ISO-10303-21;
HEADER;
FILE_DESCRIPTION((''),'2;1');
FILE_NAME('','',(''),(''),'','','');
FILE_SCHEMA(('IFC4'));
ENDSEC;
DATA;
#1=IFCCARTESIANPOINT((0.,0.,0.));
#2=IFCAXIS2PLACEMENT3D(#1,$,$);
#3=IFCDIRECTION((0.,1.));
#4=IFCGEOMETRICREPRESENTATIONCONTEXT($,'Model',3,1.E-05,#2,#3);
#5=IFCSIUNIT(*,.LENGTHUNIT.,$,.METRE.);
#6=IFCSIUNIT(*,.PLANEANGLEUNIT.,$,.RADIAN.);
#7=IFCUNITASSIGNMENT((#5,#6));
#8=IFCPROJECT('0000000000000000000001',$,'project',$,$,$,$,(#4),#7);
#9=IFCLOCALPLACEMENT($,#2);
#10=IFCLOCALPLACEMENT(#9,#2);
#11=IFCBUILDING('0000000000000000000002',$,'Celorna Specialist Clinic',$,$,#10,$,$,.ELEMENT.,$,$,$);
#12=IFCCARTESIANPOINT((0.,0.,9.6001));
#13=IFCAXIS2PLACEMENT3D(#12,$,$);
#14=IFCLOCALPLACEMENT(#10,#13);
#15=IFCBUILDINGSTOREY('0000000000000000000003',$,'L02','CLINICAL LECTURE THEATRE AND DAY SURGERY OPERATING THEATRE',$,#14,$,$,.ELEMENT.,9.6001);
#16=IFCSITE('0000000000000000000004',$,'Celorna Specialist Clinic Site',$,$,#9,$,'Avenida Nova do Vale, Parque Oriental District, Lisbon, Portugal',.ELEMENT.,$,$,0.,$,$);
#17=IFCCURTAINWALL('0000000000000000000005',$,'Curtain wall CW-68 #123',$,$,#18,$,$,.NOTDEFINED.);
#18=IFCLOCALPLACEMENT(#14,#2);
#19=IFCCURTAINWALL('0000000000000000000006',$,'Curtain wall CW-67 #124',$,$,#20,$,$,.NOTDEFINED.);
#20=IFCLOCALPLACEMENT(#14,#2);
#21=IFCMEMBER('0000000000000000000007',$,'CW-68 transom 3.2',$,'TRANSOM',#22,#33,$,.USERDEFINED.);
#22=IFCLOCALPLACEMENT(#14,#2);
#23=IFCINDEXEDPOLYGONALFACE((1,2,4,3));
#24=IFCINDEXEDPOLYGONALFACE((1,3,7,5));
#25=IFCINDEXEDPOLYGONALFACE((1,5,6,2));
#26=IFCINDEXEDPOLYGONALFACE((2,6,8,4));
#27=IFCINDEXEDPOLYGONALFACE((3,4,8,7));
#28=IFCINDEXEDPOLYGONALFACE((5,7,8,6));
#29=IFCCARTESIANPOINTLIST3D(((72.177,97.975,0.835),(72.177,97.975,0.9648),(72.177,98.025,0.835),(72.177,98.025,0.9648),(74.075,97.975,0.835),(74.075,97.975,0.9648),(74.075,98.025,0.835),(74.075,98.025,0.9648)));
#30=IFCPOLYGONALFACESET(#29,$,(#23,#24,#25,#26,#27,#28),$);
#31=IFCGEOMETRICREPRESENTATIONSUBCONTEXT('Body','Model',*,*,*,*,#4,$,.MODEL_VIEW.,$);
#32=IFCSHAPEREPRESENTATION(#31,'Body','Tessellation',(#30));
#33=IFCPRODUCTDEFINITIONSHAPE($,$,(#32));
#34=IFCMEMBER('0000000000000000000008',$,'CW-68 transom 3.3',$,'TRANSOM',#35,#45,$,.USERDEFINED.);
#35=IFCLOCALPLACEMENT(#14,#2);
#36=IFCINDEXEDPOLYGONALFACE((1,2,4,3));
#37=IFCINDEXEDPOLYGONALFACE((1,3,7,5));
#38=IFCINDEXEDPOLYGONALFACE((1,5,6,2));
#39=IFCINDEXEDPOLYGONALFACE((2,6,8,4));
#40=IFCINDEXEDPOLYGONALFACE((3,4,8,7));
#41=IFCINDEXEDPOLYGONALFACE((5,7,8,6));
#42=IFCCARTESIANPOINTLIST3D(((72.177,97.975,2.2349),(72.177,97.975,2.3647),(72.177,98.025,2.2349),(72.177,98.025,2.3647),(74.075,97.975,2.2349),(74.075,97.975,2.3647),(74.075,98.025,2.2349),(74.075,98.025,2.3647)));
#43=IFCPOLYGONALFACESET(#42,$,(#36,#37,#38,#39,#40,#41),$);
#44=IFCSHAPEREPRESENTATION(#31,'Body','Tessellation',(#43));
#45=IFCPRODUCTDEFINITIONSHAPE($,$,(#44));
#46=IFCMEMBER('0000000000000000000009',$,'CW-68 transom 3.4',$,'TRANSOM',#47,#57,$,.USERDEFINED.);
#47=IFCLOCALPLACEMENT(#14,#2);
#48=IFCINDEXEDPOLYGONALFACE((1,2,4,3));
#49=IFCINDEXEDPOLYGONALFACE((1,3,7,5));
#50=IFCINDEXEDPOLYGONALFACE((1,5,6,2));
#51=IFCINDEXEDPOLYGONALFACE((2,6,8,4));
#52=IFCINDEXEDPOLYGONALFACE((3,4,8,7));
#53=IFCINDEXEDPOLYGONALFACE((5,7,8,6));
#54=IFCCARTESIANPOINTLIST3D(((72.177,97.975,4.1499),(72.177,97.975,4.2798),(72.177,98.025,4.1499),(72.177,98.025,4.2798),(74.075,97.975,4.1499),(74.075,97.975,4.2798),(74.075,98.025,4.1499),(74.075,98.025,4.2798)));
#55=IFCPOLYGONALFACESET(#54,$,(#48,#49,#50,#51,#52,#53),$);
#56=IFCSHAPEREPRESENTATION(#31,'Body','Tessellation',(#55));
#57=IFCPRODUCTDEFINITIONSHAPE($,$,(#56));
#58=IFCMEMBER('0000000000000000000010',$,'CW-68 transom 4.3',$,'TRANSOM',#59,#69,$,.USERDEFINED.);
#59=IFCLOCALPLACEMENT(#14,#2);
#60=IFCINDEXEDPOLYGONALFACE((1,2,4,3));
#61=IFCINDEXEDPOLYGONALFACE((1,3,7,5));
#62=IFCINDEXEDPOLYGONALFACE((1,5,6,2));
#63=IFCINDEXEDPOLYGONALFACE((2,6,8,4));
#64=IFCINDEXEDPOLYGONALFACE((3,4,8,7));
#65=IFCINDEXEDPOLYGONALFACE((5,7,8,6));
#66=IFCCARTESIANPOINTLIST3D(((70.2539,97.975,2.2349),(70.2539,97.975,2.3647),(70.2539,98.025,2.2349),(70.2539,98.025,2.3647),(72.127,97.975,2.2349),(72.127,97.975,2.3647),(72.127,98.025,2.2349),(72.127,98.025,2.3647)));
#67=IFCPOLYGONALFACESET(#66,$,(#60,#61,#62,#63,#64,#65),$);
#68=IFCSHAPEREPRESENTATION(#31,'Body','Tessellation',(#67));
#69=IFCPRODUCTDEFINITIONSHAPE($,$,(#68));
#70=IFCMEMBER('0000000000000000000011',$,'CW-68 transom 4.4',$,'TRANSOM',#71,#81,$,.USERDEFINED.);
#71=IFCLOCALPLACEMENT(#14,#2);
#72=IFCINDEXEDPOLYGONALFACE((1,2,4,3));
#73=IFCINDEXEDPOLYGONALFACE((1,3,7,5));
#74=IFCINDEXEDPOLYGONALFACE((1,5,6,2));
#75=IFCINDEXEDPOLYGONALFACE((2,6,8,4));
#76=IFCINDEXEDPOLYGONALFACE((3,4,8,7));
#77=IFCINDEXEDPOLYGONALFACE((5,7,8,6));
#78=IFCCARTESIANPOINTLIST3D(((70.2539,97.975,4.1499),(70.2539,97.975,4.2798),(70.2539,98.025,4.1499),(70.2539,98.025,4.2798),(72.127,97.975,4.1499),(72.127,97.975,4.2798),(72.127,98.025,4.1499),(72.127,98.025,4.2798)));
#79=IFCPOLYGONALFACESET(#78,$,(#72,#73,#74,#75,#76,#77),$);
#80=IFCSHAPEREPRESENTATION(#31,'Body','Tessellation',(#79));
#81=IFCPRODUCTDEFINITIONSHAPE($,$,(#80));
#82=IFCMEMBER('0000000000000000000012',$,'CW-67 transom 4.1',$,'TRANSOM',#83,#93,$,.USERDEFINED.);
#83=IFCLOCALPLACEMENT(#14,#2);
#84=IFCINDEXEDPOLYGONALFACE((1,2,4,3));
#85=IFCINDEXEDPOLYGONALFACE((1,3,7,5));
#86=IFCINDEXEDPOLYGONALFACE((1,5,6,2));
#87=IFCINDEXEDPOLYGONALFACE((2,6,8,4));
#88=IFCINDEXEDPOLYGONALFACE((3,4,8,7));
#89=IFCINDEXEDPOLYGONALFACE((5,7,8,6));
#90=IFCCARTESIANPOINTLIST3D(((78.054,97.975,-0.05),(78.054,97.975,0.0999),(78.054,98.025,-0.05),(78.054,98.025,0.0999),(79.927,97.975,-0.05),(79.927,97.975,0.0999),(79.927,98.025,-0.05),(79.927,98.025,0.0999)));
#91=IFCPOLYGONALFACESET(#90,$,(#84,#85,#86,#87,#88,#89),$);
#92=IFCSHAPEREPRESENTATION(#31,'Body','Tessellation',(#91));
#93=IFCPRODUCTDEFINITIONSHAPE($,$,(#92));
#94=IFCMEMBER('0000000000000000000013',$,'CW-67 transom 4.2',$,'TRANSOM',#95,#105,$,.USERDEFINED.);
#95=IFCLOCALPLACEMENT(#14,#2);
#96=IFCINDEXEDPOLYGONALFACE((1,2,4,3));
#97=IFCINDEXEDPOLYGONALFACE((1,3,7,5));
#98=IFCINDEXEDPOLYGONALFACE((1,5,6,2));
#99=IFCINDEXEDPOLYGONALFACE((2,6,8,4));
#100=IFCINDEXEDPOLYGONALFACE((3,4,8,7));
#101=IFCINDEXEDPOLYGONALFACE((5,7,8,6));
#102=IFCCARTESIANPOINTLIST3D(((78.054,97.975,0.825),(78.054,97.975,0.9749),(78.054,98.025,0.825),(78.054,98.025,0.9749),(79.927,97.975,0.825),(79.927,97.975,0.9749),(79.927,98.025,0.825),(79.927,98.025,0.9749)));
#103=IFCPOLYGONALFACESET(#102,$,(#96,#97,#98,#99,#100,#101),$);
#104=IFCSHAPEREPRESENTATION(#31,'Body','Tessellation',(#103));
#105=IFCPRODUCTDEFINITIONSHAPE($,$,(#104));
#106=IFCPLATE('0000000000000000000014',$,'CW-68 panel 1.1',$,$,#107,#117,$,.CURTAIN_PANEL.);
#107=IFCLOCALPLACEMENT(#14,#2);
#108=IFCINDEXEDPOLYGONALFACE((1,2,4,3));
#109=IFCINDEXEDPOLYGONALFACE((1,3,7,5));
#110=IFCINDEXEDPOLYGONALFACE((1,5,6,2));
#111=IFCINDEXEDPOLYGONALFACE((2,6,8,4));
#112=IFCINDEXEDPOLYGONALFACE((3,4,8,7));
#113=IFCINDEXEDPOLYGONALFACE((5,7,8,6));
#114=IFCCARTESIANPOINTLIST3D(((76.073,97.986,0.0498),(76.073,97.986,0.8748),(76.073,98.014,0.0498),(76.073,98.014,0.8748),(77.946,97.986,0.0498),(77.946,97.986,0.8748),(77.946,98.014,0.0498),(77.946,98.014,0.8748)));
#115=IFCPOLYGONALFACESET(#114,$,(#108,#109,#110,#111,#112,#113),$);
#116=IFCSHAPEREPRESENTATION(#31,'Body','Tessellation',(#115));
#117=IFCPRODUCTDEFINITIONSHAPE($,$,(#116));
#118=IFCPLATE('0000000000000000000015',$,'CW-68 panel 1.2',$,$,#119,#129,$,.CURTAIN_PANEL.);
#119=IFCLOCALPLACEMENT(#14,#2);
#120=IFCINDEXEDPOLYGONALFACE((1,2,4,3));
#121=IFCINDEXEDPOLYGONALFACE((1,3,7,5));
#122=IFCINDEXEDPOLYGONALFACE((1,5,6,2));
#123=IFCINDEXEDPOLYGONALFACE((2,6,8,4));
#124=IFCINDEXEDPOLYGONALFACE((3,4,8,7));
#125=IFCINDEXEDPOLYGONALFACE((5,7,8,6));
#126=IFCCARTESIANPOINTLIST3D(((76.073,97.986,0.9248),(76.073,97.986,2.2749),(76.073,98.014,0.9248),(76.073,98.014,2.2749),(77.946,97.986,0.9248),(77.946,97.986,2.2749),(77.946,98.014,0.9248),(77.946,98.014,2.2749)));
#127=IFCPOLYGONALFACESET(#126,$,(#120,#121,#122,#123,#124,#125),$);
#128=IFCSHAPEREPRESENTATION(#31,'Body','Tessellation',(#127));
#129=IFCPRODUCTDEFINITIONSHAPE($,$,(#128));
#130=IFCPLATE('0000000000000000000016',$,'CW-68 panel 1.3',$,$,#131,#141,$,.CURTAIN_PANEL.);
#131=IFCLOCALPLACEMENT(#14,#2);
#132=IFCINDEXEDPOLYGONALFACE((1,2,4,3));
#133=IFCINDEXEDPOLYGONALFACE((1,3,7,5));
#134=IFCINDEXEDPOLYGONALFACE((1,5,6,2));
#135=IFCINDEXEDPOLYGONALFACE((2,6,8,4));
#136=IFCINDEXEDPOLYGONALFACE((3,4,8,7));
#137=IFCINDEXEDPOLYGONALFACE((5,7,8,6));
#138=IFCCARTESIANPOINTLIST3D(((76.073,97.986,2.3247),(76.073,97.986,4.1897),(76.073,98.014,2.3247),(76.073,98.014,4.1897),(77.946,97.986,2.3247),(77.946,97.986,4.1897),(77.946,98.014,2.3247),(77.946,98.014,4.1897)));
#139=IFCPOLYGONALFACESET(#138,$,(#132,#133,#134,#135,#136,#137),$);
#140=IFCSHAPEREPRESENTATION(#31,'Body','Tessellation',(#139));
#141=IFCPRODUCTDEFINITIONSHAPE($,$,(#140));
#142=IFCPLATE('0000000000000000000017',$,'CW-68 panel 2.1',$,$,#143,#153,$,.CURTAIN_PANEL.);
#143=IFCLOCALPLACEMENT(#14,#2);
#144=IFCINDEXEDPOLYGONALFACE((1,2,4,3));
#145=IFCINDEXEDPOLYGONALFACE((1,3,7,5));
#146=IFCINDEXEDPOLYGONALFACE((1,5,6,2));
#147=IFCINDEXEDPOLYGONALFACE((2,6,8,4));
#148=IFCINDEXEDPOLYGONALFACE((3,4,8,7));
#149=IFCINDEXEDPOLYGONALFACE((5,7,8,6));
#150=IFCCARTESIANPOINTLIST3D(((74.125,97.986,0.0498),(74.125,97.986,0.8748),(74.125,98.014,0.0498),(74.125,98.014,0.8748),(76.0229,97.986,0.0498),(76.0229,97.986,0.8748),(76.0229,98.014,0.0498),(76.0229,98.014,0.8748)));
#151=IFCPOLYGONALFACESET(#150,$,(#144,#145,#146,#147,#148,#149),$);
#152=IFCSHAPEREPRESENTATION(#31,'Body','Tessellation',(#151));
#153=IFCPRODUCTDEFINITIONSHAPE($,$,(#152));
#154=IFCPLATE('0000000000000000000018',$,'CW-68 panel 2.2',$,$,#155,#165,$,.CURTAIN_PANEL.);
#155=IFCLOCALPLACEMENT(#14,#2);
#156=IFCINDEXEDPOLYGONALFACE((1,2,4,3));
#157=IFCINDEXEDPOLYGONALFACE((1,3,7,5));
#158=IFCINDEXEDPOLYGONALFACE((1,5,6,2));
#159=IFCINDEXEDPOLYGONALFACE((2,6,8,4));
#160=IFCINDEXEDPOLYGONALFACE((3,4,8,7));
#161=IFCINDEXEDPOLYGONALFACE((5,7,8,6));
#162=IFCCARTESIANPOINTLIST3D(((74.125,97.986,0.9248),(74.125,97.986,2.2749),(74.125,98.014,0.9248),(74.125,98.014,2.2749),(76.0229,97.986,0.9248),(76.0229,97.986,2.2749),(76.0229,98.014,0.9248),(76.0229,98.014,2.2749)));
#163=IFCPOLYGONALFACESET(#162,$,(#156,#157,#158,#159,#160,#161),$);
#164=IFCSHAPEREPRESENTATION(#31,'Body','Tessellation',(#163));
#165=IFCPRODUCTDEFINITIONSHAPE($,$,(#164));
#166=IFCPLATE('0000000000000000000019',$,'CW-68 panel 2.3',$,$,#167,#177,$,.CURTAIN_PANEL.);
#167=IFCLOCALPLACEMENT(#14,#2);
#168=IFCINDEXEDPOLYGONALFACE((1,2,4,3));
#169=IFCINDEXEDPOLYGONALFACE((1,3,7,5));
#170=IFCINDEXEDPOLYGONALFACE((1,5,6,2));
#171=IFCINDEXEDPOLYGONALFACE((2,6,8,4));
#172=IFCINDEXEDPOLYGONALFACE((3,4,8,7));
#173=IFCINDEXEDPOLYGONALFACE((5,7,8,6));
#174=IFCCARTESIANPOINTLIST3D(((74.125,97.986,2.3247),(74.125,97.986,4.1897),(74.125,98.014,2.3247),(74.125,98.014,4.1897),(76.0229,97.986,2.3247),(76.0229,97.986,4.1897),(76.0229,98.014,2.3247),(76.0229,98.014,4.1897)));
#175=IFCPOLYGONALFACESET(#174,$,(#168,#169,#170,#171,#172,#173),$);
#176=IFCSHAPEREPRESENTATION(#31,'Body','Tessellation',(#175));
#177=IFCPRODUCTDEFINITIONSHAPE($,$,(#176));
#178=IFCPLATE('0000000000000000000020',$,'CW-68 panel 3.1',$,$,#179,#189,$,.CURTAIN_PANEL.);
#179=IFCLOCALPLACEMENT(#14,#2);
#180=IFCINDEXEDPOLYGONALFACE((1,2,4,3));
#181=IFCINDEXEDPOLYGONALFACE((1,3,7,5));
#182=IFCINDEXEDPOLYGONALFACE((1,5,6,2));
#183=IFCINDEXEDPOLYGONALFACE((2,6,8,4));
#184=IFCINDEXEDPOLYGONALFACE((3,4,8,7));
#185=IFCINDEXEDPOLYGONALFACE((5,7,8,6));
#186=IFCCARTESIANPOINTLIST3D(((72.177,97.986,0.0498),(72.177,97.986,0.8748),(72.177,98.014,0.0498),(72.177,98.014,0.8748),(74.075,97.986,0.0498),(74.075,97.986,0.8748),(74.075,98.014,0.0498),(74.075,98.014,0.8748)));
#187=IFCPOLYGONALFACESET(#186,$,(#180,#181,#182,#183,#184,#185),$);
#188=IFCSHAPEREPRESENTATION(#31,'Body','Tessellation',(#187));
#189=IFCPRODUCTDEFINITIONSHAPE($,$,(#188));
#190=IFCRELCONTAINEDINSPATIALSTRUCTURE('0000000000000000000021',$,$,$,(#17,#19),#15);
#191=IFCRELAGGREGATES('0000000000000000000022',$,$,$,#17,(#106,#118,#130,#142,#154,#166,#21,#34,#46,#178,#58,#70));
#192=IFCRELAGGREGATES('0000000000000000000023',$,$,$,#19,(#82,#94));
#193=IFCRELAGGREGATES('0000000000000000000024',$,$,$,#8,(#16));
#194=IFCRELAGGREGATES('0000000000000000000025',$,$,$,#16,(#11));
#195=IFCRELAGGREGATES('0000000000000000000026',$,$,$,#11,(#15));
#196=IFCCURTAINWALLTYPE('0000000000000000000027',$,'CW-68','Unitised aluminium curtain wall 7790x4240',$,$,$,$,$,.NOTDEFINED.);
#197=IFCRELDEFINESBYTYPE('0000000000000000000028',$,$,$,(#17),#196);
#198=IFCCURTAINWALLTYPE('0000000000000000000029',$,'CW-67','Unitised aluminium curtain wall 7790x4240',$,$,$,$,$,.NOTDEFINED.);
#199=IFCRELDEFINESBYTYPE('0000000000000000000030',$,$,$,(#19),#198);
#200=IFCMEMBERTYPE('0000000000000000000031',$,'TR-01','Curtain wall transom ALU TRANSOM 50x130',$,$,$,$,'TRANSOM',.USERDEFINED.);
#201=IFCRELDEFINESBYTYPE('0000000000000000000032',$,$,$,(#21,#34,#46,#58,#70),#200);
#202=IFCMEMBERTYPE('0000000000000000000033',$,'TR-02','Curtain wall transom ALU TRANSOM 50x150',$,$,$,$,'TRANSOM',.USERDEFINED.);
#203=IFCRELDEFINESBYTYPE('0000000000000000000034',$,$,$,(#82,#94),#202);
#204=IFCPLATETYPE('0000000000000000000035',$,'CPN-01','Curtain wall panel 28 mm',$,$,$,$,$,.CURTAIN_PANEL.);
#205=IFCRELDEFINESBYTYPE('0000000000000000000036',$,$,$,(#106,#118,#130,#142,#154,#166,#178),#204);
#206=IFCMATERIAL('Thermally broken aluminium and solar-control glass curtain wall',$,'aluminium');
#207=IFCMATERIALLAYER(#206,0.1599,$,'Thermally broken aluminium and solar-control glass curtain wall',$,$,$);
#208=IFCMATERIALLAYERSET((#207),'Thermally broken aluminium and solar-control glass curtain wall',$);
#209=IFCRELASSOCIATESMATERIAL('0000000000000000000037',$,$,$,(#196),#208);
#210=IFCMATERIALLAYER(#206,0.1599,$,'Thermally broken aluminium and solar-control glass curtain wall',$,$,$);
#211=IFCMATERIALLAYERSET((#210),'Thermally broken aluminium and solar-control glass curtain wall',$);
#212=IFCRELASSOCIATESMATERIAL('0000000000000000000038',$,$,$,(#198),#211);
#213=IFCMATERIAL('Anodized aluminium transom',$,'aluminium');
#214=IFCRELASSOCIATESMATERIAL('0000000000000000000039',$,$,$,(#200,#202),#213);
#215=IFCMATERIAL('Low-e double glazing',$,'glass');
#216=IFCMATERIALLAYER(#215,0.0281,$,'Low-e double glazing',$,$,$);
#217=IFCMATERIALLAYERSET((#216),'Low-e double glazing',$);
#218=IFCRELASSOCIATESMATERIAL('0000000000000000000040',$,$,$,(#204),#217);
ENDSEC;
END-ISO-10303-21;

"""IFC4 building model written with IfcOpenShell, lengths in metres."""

from ifc_helpers import new_model, si_unit, direction, frame, origin, origin_2d, place, context, subcontext, project, spatial, rectangle, extrude, material, layer, layer_set, material_profile, profile_set, type_object, element, aggregate, save


model = new_model("IFC4")

# Units and contexts
model_context = context("Model", 3, precision=1e-05, world=origin(), true_north=direction((0.0, 1.0)))
body_context = subcontext(model_context, "Body", "Model", "MODEL_VIEW")
ifc_project = project(units=[si_unit("LENGTHUNIT", "METRE"), si_unit("PLANEANGLEUNIT", "RADIAN")], contexts=[model_context])

# Site, building, storey
site_placement = place(None, origin())
site = spatial("IfcSite", under=ifc_project, at=site_placement, Name="Celorna Specialist Clinic Site", LongName="Avenida Nova do Vale, Parque Oriental District, Lisbon, Portugal", CompositionType="ELEMENT", RefElevation=0.0)
building_placement = place(site_placement, origin())
building = spatial("IfcBuilding", under=site, at=building_placement, Name="Celorna Specialist Clinic", CompositionType="ELEMENT")
storey_placement = place(building_placement, frame((0.0, 0.0, 9.6001)))
storey = spatial("IfcBuildingStorey", under=building, at=storey_placement, Name="L02", Description="CLINICAL LECTURE THEATRE AND DAY SURGERY OPERATING THEATRE", CompositionType="ELEMENT", Elevation=9.6001)

# Curtain wall
ifc_material_1 = material(Name="Thermally broken aluminium and solar-control glass curtain wall", Category="aluminium")
ifc_layer_1 = layer(ifc_material_1, 0.1599, Name="Thermally broken aluminium and solar-control glass curtain wall")
ifc_layer_set_1 = layer_set([ifc_layer_1], Name="Thermally broken aluminium and solar-control glass curtain wall")
curtain_wall_type_1 = type_object("IfcCurtainWallType", Name="CW-68", Description="Unitised aluminium curtain wall 7790x4240", PredefinedType="NOTDEFINED", material=ifc_layer_set_1)
curtain_wall_1_placement = place(storey_placement, origin())
curtain_wall_1 = element("IfcCurtainWall", 1, at=curtain_wall_1_placement, inside=storey, type_object=curtain_wall_type_1, Name="Curtain wall CW-68 #123", PredefinedType="NOTDEFINED")

# Curtain wall
ifc_layer_2 = layer(ifc_material_1, 0.1599, Name="Thermally broken aluminium and solar-control glass curtain wall")
ifc_layer_set_2 = layer_set([ifc_layer_2], Name="Thermally broken aluminium and solar-control glass curtain wall")
curtain_wall_type_2 = type_object("IfcCurtainWallType", Name="CW-67", Description="Unitised aluminium curtain wall 7790x4240", PredefinedType="NOTDEFINED", material=ifc_layer_set_2)
curtain_wall_2_placement = place(storey_placement, origin())
curtain_wall_2 = element("IfcCurtainWall", 2, at=curtain_wall_2_placement, inside=storey, type_object=curtain_wall_type_2, Name="Curtain wall CW-67 #124", PredefinedType="NOTDEFINED")

# Members
ifc_material_2 = material(Name="Anodized aluminium transom", Category="aluminium")
ifc_material_profile_1 = material_profile(ifc_material_2, rectangle(XDim=0.05, YDim=0.1299, at=origin_2d()), Name="ALU TRANSOM 50x130")
ifc_profile_set_1 = profile_set([ifc_material_profile_1], Name="Anodized aluminium transom")
member_type_1 = type_object("IfcMemberType", Name="TR-01", Description="Curtain wall transom ALU TRANSOM 50x130", ElementType="TRANSOM", PredefinedType="USERDEFINED", material=ifc_profile_set_1)
member_1_placement = place(storey_placement, frame((74.075, 98.0, 0.8999), z_axis=(-1.0, 0.0, 0.0), x_axis=(0.0, -1.0, 0.0)))
member_1 = element("IfcMember", 3, at=member_1_placement, type_object=member_type_1, Name="CW-68 transom 3.2", ObjectType="TRANSOM", PredefinedType="USERDEFINED", context=body_context, shape_type="SweptSolid", body=[
    extrude(rectangle(XDim=0.05, YDim=0.1299, at=origin_2d()), origin(), (0.0, 0.0, 1.0), 1.8979),
])
member_2_placement = place(storey_placement, frame((74.075, 98.0, 2.2998), z_axis=(-1.0, 0.0, 0.0), x_axis=(0.0, -1.0, 0.0)))
member_2 = element("IfcMember", 4, at=member_2_placement, type_object=member_type_1, Name="CW-68 transom 3.3", ObjectType="TRANSOM", PredefinedType="USERDEFINED", context=body_context, shape_type="SweptSolid", body=[
    extrude(rectangle(XDim=0.05, YDim=0.1299, at=origin_2d()), origin(), (0.0, 0.0, 1.0), 1.8979),
])
member_3_placement = place(storey_placement, frame((74.075, 98.0, 4.2148), z_axis=(-1.0, 0.0, 0.0), x_axis=(0.0, -1.0, 0.0)))
member_3 = element("IfcMember", 5, at=member_3_placement, type_object=member_type_1, Name="CW-68 transom 3.4", ObjectType="TRANSOM", PredefinedType="USERDEFINED", context=body_context, shape_type="SweptSolid", body=[
    extrude(rectangle(XDim=0.05, YDim=0.1299, at=origin_2d()), origin(), (0.0, 0.0, 1.0), 1.8979),
])
member_4_placement = place(storey_placement, frame((72.127, 98.0, 2.2998), z_axis=(-1.0, 0.0, 0.0), x_axis=(0.0, -1.0, 0.0)))
member_4 = element("IfcMember", 6, at=member_4_placement, type_object=member_type_1, Name="CW-68 transom 4.3", ObjectType="TRANSOM", PredefinedType="USERDEFINED", context=body_context, shape_type="SweptSolid", body=[
    extrude(rectangle(XDim=0.05, YDim=0.1299, at=origin_2d()), origin(), (0.0, 0.0, 1.0), 1.873),
])
member_5_placement = place(storey_placement, frame((72.127, 98.0, 4.2148), z_axis=(-1.0, 0.0, 0.0), x_axis=(0.0, -1.0, 0.0)))
member_5 = element("IfcMember", 7, at=member_5_placement, type_object=member_type_1, Name="CW-68 transom 4.4", ObjectType="TRANSOM", PredefinedType="USERDEFINED", context=body_context, shape_type="SweptSolid", body=[
    extrude(rectangle(XDim=0.05, YDim=0.1299, at=origin_2d()), origin(), (0.0, 0.0, 1.0), 1.873),
])
ifc_material_profile_2 = material_profile(ifc_material_2, rectangle(XDim=0.05, YDim=0.1499, at=origin_2d()), Name="ALU TRANSOM 50x150")
ifc_profile_set_2 = profile_set([ifc_material_profile_2], Name="Anodized aluminium transom")
member_type_2 = type_object("IfcMemberType", Name="TR-02", Description="Curtain wall transom ALU TRANSOM 50x150", ElementType="TRANSOM", PredefinedType="USERDEFINED", material=ifc_profile_set_2)
member_6_placement = place(storey_placement, frame((79.927, 98.0, 0.0249), z_axis=(-1.0, 0.0, 0.0), x_axis=(0.0, -1.0, 0.0)))
member_6 = element("IfcMember", 8, at=member_6_placement, type_object=member_type_2, Name="CW-67 transom 4.1", ObjectType="TRANSOM", PredefinedType="USERDEFINED", context=body_context, shape_type="SweptSolid", body=[
    extrude(rectangle(XDim=0.05, YDim=0.1499, at=origin_2d()), origin(), (0.0, 0.0, 1.0), 1.873),
])
member_7_placement = place(storey_placement, frame((79.927, 98.0, 0.8999), z_axis=(-1.0, 0.0, 0.0), x_axis=(0.0, -1.0, 0.0)))
member_7 = element("IfcMember", 9, at=member_7_placement, type_object=member_type_2, Name="CW-67 transom 4.2", ObjectType="TRANSOM", PredefinedType="USERDEFINED", context=body_context, shape_type="SweptSolid", body=[
    extrude(rectangle(XDim=0.05, YDim=0.1499, at=origin_2d()), origin(), (0.0, 0.0, 1.0), 1.873),
])

# Plates
ifc_material_3 = material(Name="Low-e double glazing", Category="glass")
ifc_layer_3 = layer(ifc_material_3, 0.0281, Name="Low-e double glazing")
ifc_layer_set_3 = layer_set([ifc_layer_3], Name="Low-e double glazing")
plate_type_1 = type_object("IfcPlateType", Name="CPN-01", Description="Curtain wall panel 28 mm", PredefinedType="CURTAIN_PANEL", material=ifc_layer_set_3)
plate_1_placement = place(storey_placement, frame((77.0095, 98.0, 0.0498), z_axis=(0.0, 0.0, 1.0), x_axis=(-1.0, 0.0, 0.0)))
plate_1 = element("IfcPlate", 10, at=plate_1_placement, type_object=plate_type_1, Name="CW-68 panel 1.1", PredefinedType="CURTAIN_PANEL", context=body_context, shape_type="SweptSolid", body=[
    extrude(rectangle(XDim=1.873, YDim=0.0281, at=origin_2d()), origin(), (0.0, 0.0, 1.0), 0.825),
])
plate_2_placement = place(storey_placement, frame((77.0095, 98.0, 0.9248), z_axis=(0.0, 0.0, 1.0), x_axis=(-1.0, 0.0, 0.0)))
plate_2 = element("IfcPlate", 11, at=plate_2_placement, type_object=plate_type_1, Name="CW-68 panel 1.2", PredefinedType="CURTAIN_PANEL", context=body_context, shape_type="SweptSolid", body=[
    extrude(rectangle(XDim=1.873, YDim=0.0281, at=origin_2d()), origin(), (0.0, 0.0, 1.0), 1.3501),
])
plate_3_placement = place(storey_placement, frame((77.0095, 98.0, 2.3247), z_axis=(0.0, 0.0, 1.0), x_axis=(-1.0, 0.0, 0.0)))
plate_3 = element("IfcPlate", 12, at=plate_3_placement, type_object=plate_type_1, Name="CW-68 panel 1.3", PredefinedType="CURTAIN_PANEL", context=body_context, shape_type="SweptSolid", body=[
    extrude(rectangle(XDim=1.873, YDim=0.0281, at=origin_2d()), origin(), (0.0, 0.0, 1.0), 1.865),
])
plate_4_placement = place(storey_placement, frame((75.074, 98.0, 0.0498), z_axis=(0.0, 0.0, 1.0), x_axis=(-1.0, 0.0, 0.0)))
plate_4 = element("IfcPlate", 13, at=plate_4_placement, type_object=plate_type_1, Name="CW-68 panel 2.1", PredefinedType="CURTAIN_PANEL", context=body_context, shape_type="SweptSolid", body=[
    extrude(rectangle(XDim=1.8979, YDim=0.0281, at=origin_2d()), origin(), (0.0, 0.0, 1.0), 0.825),
])
plate_5_placement = place(storey_placement, frame((75.074, 98.0, 0.9248), z_axis=(0.0, 0.0, 1.0), x_axis=(-1.0, 0.0, 0.0)))
plate_5 = element("IfcPlate", 14, at=plate_5_placement, type_object=plate_type_1, Name="CW-68 panel 2.2", PredefinedType="CURTAIN_PANEL", context=body_context, shape_type="SweptSolid", body=[
    extrude(rectangle(XDim=1.8979, YDim=0.0281, at=origin_2d()), origin(), (0.0, 0.0, 1.0), 1.3501),
])
plate_6_placement = place(storey_placement, frame((75.074, 98.0, 2.3247), z_axis=(0.0, 0.0, 1.0), x_axis=(-1.0, 0.0, 0.0)))
plate_6 = element("IfcPlate", 15, at=plate_6_placement, type_object=plate_type_1, Name="CW-68 panel 2.3", PredefinedType="CURTAIN_PANEL", context=body_context, shape_type="SweptSolid", body=[
    extrude(rectangle(XDim=1.8979, YDim=0.0281, at=origin_2d()), origin(), (0.0, 0.0, 1.0), 1.865),
])
plate_7_placement = place(storey_placement, frame((73.126, 98.0, 0.0498), z_axis=(0.0, 0.0, 1.0), x_axis=(-1.0, 0.0, 0.0)))
plate_7 = element("IfcPlate", 16, at=plate_7_placement, type_object=plate_type_1, Name="CW-68 panel 3.1", PredefinedType="CURTAIN_PANEL", context=body_context, shape_type="SweptSolid", body=[
    extrude(rectangle(XDim=1.8979, YDim=0.0281, at=origin_2d()), origin(), (0.0, 0.0, 1.0), 0.825),
])
aggregate(curtain_wall_1, [plate_1, plate_2, plate_3, plate_4, plate_5, plate_6, member_1, member_2, member_3, plate_7, member_4, member_5])
aggregate(curtain_wall_2, [member_6, member_7])

save(model, "model.ifc")
